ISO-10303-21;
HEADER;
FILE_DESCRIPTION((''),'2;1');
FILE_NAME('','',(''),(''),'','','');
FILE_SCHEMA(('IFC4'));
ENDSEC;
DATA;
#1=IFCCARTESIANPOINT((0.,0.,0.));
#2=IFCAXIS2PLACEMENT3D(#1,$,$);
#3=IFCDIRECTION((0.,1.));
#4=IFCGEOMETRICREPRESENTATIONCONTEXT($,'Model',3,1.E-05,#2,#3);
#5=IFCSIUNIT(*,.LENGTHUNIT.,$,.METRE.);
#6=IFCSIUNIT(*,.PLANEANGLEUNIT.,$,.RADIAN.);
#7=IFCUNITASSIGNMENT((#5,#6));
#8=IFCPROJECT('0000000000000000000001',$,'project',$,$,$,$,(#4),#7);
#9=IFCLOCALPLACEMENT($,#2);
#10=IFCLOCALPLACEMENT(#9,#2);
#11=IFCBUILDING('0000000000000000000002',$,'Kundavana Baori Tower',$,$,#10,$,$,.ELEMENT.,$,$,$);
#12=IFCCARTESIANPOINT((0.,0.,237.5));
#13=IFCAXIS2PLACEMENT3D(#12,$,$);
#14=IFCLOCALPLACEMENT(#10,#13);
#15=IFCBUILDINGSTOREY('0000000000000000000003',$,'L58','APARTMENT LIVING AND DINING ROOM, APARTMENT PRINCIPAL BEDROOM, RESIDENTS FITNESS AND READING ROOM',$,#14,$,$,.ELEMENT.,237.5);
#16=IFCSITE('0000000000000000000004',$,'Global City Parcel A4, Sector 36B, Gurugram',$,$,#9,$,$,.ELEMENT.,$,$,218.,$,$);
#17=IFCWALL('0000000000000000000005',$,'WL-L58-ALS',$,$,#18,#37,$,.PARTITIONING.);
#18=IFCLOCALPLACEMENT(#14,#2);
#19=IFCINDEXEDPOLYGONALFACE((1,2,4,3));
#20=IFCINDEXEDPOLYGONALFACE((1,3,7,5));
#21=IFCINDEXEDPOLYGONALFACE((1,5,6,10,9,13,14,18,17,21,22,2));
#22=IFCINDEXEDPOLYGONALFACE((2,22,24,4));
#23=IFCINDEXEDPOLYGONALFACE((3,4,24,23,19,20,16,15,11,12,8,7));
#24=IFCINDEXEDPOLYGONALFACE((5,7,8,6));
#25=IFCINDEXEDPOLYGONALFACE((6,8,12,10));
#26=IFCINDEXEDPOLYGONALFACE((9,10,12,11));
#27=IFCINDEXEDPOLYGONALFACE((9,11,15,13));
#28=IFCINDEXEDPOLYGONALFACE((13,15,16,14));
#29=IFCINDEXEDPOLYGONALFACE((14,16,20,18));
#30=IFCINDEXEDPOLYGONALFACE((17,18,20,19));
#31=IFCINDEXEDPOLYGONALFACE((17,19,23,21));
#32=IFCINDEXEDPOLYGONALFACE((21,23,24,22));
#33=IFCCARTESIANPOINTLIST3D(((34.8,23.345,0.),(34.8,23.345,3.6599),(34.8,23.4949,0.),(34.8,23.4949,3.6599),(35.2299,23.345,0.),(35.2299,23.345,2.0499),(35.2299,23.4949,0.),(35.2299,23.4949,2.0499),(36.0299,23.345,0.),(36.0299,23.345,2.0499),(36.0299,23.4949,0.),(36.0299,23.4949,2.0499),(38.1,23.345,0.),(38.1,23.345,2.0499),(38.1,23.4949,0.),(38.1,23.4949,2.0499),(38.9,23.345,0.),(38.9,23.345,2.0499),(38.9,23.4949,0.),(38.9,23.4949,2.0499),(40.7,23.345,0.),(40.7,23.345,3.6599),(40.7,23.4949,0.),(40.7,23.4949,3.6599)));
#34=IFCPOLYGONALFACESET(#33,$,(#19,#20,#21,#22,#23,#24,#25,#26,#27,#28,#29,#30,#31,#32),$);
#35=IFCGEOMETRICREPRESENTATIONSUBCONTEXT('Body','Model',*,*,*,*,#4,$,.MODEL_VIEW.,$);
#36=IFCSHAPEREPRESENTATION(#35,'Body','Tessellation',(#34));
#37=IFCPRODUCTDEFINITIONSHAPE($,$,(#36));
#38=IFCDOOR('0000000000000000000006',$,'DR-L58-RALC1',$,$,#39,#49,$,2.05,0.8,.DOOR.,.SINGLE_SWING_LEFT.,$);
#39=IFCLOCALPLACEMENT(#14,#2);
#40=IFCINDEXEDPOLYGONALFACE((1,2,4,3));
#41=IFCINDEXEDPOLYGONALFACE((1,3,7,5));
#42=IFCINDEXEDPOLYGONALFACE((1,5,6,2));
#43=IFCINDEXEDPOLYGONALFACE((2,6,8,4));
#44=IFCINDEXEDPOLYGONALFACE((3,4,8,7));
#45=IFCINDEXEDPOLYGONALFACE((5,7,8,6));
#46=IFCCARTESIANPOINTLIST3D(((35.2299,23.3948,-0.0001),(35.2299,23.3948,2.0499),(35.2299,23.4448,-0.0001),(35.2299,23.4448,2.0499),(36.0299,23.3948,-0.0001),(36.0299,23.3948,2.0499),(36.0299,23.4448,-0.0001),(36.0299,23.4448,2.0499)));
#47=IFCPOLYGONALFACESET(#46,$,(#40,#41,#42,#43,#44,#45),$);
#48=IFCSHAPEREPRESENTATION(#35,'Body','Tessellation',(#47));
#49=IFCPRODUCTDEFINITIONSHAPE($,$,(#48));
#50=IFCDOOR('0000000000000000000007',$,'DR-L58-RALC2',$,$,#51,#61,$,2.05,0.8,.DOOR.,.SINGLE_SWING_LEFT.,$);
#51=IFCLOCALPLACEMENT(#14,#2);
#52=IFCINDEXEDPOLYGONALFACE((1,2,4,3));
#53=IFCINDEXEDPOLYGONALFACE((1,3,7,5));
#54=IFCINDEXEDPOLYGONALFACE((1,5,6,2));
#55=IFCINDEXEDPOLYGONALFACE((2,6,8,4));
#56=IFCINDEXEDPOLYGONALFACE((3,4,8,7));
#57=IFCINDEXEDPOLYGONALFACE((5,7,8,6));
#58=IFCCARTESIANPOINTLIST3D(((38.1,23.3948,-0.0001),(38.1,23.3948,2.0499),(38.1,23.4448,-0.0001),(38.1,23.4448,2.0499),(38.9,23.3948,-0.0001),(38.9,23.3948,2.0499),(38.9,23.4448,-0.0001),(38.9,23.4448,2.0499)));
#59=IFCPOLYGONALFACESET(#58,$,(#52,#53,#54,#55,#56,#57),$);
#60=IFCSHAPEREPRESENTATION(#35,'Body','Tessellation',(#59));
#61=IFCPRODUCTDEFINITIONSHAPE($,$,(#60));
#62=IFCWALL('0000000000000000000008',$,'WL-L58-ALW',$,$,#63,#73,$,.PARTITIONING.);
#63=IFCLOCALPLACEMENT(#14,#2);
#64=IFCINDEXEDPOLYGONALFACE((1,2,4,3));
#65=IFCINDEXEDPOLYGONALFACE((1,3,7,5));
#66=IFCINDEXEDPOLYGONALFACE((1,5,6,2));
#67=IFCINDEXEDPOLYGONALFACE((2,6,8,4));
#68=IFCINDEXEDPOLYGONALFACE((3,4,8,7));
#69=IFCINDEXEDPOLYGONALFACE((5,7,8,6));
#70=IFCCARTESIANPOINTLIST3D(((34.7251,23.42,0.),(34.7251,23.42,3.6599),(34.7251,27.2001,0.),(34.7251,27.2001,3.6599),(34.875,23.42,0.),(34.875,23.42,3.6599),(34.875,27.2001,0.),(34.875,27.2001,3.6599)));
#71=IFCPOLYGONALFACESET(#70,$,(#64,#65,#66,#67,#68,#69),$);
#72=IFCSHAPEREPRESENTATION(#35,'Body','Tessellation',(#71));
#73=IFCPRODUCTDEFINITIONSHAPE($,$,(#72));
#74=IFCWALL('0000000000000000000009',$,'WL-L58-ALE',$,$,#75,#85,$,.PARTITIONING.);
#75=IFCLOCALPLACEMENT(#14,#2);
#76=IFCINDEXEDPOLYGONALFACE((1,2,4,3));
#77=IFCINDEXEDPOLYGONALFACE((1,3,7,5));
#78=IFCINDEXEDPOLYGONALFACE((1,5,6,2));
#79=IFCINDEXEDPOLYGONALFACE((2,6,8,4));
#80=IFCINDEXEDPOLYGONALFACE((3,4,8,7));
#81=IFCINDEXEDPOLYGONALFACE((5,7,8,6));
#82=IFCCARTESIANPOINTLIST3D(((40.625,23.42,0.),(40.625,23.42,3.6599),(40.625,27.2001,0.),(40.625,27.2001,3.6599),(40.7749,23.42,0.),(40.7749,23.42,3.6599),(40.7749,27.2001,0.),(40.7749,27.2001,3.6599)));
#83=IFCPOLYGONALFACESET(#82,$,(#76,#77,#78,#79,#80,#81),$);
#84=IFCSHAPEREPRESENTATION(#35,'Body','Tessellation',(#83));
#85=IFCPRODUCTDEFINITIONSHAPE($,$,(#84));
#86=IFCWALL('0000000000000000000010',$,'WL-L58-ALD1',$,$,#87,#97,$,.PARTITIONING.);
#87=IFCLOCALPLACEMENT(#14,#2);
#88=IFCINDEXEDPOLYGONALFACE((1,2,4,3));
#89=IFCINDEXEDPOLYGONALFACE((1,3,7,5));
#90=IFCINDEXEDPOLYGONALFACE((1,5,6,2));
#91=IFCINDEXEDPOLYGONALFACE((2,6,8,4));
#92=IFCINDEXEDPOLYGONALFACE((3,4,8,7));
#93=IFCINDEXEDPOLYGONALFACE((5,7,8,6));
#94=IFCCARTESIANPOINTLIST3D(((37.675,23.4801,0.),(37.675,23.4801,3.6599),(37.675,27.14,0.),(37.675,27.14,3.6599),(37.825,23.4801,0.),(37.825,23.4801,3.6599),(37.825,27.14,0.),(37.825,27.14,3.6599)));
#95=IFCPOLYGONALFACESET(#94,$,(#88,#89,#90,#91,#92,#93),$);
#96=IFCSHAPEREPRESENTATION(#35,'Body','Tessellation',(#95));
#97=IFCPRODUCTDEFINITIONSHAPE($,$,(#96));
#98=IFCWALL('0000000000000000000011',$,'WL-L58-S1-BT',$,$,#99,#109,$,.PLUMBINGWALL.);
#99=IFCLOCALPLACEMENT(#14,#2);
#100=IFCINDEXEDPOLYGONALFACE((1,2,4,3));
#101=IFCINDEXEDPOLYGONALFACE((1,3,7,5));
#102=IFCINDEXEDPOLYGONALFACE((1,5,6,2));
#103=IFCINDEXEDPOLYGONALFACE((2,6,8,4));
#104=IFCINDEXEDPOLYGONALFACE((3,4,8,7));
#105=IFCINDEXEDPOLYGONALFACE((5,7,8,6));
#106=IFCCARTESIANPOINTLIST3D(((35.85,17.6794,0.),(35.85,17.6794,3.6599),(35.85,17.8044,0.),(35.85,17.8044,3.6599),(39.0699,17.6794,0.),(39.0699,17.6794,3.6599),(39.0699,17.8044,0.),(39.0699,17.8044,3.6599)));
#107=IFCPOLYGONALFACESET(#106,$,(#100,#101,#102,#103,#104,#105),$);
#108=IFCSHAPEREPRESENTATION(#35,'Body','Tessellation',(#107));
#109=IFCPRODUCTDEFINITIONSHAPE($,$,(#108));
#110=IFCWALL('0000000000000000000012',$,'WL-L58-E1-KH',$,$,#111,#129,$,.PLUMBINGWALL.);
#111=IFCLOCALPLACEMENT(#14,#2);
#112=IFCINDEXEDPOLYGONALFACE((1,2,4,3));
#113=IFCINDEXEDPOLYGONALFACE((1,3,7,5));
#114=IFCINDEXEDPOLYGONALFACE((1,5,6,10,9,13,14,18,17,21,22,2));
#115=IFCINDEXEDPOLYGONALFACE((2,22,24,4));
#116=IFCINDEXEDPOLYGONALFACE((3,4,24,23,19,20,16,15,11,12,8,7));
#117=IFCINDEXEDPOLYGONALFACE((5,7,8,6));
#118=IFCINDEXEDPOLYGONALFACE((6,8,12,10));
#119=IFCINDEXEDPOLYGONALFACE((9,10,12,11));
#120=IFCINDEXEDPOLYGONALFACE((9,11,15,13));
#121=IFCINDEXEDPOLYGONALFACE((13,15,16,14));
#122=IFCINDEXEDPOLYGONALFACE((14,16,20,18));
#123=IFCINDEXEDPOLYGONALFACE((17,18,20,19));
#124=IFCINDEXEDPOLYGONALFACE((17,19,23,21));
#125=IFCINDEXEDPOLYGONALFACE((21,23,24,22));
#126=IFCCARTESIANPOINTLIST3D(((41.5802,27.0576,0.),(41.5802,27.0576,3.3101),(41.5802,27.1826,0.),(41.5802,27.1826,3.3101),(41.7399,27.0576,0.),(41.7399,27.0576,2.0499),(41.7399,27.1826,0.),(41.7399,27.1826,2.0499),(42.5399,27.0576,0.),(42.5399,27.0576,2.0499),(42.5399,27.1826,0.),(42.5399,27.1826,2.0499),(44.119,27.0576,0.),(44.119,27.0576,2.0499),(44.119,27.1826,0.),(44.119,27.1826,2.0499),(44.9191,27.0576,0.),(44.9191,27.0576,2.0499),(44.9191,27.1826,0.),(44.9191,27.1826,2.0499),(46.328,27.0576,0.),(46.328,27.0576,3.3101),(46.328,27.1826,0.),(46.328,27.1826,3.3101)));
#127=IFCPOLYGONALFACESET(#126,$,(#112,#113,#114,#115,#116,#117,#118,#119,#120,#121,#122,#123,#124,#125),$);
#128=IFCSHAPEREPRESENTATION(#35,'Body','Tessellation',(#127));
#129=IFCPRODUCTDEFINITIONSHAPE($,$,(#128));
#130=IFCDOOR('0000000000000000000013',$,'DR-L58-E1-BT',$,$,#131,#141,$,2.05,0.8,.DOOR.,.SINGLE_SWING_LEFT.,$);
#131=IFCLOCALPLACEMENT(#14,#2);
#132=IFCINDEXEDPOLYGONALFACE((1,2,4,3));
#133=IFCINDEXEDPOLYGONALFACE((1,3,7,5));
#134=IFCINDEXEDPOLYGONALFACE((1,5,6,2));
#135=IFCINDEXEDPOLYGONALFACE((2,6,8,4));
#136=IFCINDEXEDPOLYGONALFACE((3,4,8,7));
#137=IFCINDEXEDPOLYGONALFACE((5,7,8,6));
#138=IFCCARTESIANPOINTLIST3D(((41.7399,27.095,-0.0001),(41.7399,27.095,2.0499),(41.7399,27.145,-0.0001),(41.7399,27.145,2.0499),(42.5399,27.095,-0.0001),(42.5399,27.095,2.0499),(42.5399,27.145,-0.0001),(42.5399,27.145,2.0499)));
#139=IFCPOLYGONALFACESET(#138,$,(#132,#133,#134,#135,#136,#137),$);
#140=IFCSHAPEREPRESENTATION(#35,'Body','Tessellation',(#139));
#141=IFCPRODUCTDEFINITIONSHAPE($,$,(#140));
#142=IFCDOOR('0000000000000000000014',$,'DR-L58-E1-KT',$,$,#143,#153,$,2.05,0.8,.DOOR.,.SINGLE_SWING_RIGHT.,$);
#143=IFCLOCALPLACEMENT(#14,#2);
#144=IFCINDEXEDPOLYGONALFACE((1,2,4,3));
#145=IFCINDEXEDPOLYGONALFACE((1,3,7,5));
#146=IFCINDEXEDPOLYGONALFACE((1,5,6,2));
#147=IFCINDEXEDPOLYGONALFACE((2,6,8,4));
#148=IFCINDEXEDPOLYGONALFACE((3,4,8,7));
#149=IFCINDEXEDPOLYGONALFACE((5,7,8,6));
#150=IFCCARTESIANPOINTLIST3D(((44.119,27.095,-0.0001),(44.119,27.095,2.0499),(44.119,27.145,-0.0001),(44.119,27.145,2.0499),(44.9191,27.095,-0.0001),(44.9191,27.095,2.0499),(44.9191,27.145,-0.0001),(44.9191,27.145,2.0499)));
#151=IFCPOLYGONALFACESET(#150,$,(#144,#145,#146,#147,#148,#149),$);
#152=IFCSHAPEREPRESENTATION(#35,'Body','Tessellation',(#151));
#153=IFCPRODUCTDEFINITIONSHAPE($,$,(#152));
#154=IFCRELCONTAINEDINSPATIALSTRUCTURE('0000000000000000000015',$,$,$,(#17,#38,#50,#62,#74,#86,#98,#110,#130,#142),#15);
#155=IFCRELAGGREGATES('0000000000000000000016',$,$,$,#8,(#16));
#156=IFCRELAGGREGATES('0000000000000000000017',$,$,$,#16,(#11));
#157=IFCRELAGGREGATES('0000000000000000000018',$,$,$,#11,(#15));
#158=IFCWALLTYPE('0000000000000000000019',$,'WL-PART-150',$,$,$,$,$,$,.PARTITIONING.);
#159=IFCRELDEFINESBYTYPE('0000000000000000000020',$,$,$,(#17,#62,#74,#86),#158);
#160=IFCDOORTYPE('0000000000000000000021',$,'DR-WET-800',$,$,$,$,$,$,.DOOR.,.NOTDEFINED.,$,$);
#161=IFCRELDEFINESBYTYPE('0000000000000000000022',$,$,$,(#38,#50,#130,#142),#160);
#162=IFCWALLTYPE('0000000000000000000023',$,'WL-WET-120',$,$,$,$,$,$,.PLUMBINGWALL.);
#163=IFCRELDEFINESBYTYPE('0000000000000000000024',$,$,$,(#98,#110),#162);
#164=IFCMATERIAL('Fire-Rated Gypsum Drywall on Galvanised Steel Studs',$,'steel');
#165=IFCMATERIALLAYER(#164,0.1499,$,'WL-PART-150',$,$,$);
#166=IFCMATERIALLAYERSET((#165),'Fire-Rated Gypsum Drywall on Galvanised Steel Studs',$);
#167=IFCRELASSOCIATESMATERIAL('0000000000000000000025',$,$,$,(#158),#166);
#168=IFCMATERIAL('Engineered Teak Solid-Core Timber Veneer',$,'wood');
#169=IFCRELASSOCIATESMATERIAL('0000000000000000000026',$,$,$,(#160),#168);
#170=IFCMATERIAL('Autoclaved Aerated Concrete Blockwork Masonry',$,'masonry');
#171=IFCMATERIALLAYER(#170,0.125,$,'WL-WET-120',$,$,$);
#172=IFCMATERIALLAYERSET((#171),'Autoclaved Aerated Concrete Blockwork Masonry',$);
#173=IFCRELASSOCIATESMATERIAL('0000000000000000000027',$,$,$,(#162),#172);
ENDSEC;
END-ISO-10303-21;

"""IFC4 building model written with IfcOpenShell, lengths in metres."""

from ifc_helpers import new_model, si_unit, direction, frame, frame_2d, origin, place, context, subcontext, project, spatial, rectangle, extrude, material, layer, layer_set, type_object, element, fill, save


model = new_model("IFC4")

# Units and contexts
model_context = context("Model", 3, precision=1e-05, world=origin(), true_north=direction((0.0, 1.0)))
body_context = subcontext(model_context, "Body", "Model", "MODEL_VIEW")
ifc_project = project(units=[si_unit("LENGTHUNIT", "METRE"), si_unit("PLANEANGLEUNIT", "RADIAN")], contexts=[model_context])

# Site, building, storey
site_placement = place(None, origin())
site = spatial("IfcSite", under=ifc_project, at=site_placement, Name="Global City Parcel A4, Sector 36B, Gurugram", CompositionType="ELEMENT", RefElevation=218.0)
building_placement = place(site_placement, origin())
building = spatial("IfcBuilding", under=site, at=building_placement, Name="Kundavana Baori Tower", CompositionType="ELEMENT")
storey_placement = place(building_placement, frame((0.0, 0.0, 237.5)))
storey = spatial("IfcBuildingStorey", under=building, at=storey_placement, Name="L58", Description="APARTMENT LIVING AND DINING ROOM, APARTMENT PRINCIPAL BEDROOM, RESIDENTS FITNESS AND READING ROOM", CompositionType="ELEMENT", Elevation=237.5)

# Shared definitions
ifc_material_1 = material(Name="Fire-Rated Gypsum Drywall on Galvanised Steel Studs", Category="steel")
ifc_layer_1 = layer(ifc_material_1, 0.1499, Name="WL-PART-150")
ifc_layer_set_1 = layer_set([ifc_layer_1], Name="Fire-Rated Gypsum Drywall on Galvanised Steel Studs")
wall_type_1 = type_object("IfcWallType", Name="WL-PART-150", PredefinedType="PARTITIONING", material=ifc_layer_set_1)

# Wall, openings, doors
wall_1_placement = place(storey_placement, frame((34.8, 23.4199, 0.0), z_axis=(0.0, 0.0, 1.0), x_axis=(1.0, 0.0, 0.0)))
wall_1 = element("IfcWall", 1, at=wall_1_placement, inside=storey, type_object=wall_type_1, Name="WL-L58-ALS", PredefinedType="PARTITIONING", context=body_context, shape_type="SweptSolid", body=[
    extrude(rectangle(XDim=5.8999, YDim=0.1499, at=frame_2d((2.95, 0.0))), origin(), (0.0, 0.0, 1.0), 3.6599),
])
opening_1_placement = place(wall_1_placement, frame((0.4299, 0.0, 0.0)))
opening_1 = element("IfcOpeningElement", 2, at=opening_1_placement, cuts=wall_1, PredefinedType="OPENING", context=body_context, shape_type="SweptSolid", body=[
    extrude(rectangle(XDim=0.8, YDim=2.05, at=frame_2d((0.3999, 1.0249))), frame((0.0, 0.085, 0.0), z_axis=(0.0, -1.0, 0.0), x_axis=(1.0, 0.0, 0.0)), (0.0, 0.0, 1.0), 0.1699),
])
opening_2_placement = place(wall_1_placement, frame((3.3, 0.0, 0.0)))
opening_2 = element("IfcOpeningElement", 3, at=opening_2_placement, cuts=wall_1, PredefinedType="OPENING", context=body_context, shape_type="SweptSolid", body=[
    extrude(rectangle(XDim=0.8, YDim=2.05, at=frame_2d((0.3999, 1.0249))), frame((0.0, 0.085, 0.0), z_axis=(0.0, -1.0, 0.0), x_axis=(1.0, 0.0, 0.0)), (0.0, 0.0, 1.0), 0.1699),
])
ifc_material_2 = material(Name="Engineered Teak Solid-Core Timber Veneer", Category="wood")
door_type_1 = type_object("IfcDoorType", Name="DR-WET-800", OperationType="NOTDEFINED", PredefinedType="DOOR", material=ifc_material_2)
door_1_placement = place(opening_1_placement, origin())
door_1 = element("IfcDoor", 4, at=door_1_placement, inside=storey, type_object=door_type_1, Name="DR-L58-RALC1", OperationType="SINGLE_SWING_LEFT", OverallHeight=2.05, OverallWidth=0.8, PredefinedType="DOOR", context=body_context, shape_type="SweptSolid", body=[
    extrude(rectangle(XDim=0.8, YDim=2.05, at=frame_2d((0.3999, 1.0249))), frame((0.0, 0.0249, 0.0), z_axis=(0.0, -1.0, 0.0), x_axis=(1.0, 0.0, 0.0)), (0.0, 0.0, 1.0), 0.05),
])
fill(opening_1, door_1)
door_2_placement = place(opening_2_placement, origin())
door_2 = element("IfcDoor", 5, at=door_2_placement, inside=storey, type_object=door_type_1, Name="DR-L58-RALC2", OperationType="SINGLE_SWING_LEFT", OverallHeight=2.05, OverallWidth=0.8, PredefinedType="DOOR", context=body_context, shape_type="SweptSolid", body=[
    extrude(rectangle(XDim=0.8, YDim=2.05, at=frame_2d((0.3999, 1.0249))), frame((0.0, 0.0249, 0.0), z_axis=(0.0, -1.0, 0.0), x_axis=(1.0, 0.0, 0.0)), (0.0, 0.0, 1.0), 0.05),
])
fill(opening_2, door_2)

# Walls
for number, where, z_axis, x_axis, name in (
    (6, (34.8, 23.4199, 0.0), (0.0, 0.0, 1.0), (0.0, 1.0, 0.0), "WL-L58-ALW"),
    (7, (40.7, 23.4199, 0.0), (0.0, 0.0, 1.0), (0.0, 1.0, 0.0), "WL-L58-ALE"),
):
    element("IfcWall", number, at=place(storey_placement, frame(where, z_axis=z_axis, x_axis=x_axis)), inside=storey, type_object=wall_type_1, Name=name, PredefinedType="PARTITIONING", context=body_context, shape_type="SweptSolid", body=[
        extrude(rectangle(XDim=3.78, YDim=0.1499, at=frame_2d((1.8901, 0.0))), origin(), (0.0, 0.0, 1.0), 3.6599),
    ])
wall_2_placement = place(storey_placement, frame((37.75, 23.48, 0.0), z_axis=(0.0, 0.0, 1.0), x_axis=(0.0, 1.0, 0.0)))
element("IfcWall", 8, at=wall_2_placement, inside=storey, type_object=wall_type_1, Name="WL-L58-ALD1", PredefinedType="PARTITIONING", context=body_context, shape_type="SweptSolid", body=[
    extrude(rectangle(XDim=3.6599, YDim=0.1499, at=frame_2d((1.8301, 0.0))), origin(), (0.0, 0.0, 1.0), 3.6599),
])
ifc_material_3 = material(Name="Autoclaved Aerated Concrete Blockwork Masonry", Category="masonry")
ifc_layer_2 = layer(ifc_material_3, 0.125, Name="WL-WET-120")
ifc_layer_set_2 = layer_set([ifc_layer_2], Name="Autoclaved Aerated Concrete Blockwork Masonry")
wall_type_2 = type_object("IfcWallType", Name="WL-WET-120", PredefinedType="PLUMBINGWALL", material=ifc_layer_set_2)
wall_3_placement = place(storey_placement, frame((35.8501, 17.7419, 0.0), z_axis=(0.0, 0.0, 1.0), x_axis=(1.0, 0.0, 0.0)))
element("IfcWall", 9, at=wall_3_placement, inside=storey, type_object=wall_type_2, Name="WL-L58-S1-BT", PredefinedType="PLUMBINGWALL", context=body_context, shape_type="SweptSolid", body=[
    extrude(rectangle(XDim=3.22, YDim=0.125, at=frame_2d((1.6099, 0.0))), origin(), (0.0, 0.0, 1.0), 3.6599),
])

# Wall, openings, doors
wall_4_placement = place(storey_placement, frame((41.5801, 27.1201, 0.0), z_axis=(0.0, 0.0, 1.0), x_axis=(1.0, 0.0, 0.0)))
wall_4 = element("IfcWall", 10, at=wall_4_placement, inside=storey, type_object=wall_type_2, Name="WL-L58-E1-KH", PredefinedType="PLUMBINGWALL", context=body_context, shape_type="SweptSolid", body=[
    extrude(rectangle(XDim=4.7478, YDim=0.125, at=frame_2d((2.374, 0.0))), origin(), (0.0, 0.0, 1.0), 3.3101),
])
opening_3_placement = place(wall_4_placement, frame((0.1599, 0.0, 0.0)))
opening_3 = element("IfcOpeningElement", 11, at=opening_3_placement, cuts=wall_4, PredefinedType="OPENING", context=body_context, shape_type="SweptSolid", body=[
    extrude(rectangle(XDim=0.8, YDim=2.05, at=frame_2d((0.3999, 1.0249))), frame((0.0, 0.0725, 0.0), z_axis=(0.0, -1.0, 0.0), x_axis=(1.0, 0.0, 0.0)), (0.0, 0.0, 1.0), 0.145),
])
opening_4_placement = place(wall_4_placement, frame((2.5391, 0.0, 0.0)))
opening_4 = element("IfcOpeningElement", 12, at=opening_4_placement, cuts=wall_4, PredefinedType="OPENING", context=body_context, shape_type="SweptSolid", body=[
    extrude(rectangle(XDim=0.8, YDim=2.05, at=frame_2d((0.3999, 1.0249))), frame((0.0, 0.0725, 0.0), z_axis=(0.0, -1.0, 0.0), x_axis=(1.0, 0.0, 0.0)), (0.0, 0.0, 1.0), 0.145),
])
door_3_placement = place(opening_3_placement, origin())
door_3 = element("IfcDoor", 13, at=door_3_placement, inside=storey, type_object=door_type_1, Name="DR-L58-E1-BT", OperationType="SINGLE_SWING_LEFT", OverallHeight=2.05, OverallWidth=0.8, PredefinedType="DOOR", context=body_context, shape_type="SweptSolid", body=[
    extrude(rectangle(XDim=0.8, YDim=2.05, at=frame_2d((0.3999, 1.0249))), frame((0.0, 0.0249, 0.0), z_axis=(0.0, -1.0, 0.0), x_axis=(1.0, 0.0, 0.0)), (0.0, 0.0, 1.0), 0.05),
])
fill(opening_3, door_3)
door_4_placement = place(opening_4_placement, origin())
door_4 = element("IfcDoor", 14, at=door_4_placement, inside=storey, type_object=door_type_1, Name="DR-L58-E1-KT", OperationType="SINGLE_SWING_RIGHT", OverallHeight=2.05, OverallWidth=0.8, PredefinedType="DOOR", context=body_context, shape_type="SweptSolid", body=[
    extrude(rectangle(XDim=0.8, YDim=2.05, at=frame_2d((0.3999, 1.0249))), frame((0.0, 0.0249, 0.0), z_axis=(0.0, -1.0, 0.0), x_axis=(1.0, 0.0, 0.0)), (0.0, 0.0, 1.0), 0.05),
])
fill(opening_4, door_4)

save(model, "model.ifc")
